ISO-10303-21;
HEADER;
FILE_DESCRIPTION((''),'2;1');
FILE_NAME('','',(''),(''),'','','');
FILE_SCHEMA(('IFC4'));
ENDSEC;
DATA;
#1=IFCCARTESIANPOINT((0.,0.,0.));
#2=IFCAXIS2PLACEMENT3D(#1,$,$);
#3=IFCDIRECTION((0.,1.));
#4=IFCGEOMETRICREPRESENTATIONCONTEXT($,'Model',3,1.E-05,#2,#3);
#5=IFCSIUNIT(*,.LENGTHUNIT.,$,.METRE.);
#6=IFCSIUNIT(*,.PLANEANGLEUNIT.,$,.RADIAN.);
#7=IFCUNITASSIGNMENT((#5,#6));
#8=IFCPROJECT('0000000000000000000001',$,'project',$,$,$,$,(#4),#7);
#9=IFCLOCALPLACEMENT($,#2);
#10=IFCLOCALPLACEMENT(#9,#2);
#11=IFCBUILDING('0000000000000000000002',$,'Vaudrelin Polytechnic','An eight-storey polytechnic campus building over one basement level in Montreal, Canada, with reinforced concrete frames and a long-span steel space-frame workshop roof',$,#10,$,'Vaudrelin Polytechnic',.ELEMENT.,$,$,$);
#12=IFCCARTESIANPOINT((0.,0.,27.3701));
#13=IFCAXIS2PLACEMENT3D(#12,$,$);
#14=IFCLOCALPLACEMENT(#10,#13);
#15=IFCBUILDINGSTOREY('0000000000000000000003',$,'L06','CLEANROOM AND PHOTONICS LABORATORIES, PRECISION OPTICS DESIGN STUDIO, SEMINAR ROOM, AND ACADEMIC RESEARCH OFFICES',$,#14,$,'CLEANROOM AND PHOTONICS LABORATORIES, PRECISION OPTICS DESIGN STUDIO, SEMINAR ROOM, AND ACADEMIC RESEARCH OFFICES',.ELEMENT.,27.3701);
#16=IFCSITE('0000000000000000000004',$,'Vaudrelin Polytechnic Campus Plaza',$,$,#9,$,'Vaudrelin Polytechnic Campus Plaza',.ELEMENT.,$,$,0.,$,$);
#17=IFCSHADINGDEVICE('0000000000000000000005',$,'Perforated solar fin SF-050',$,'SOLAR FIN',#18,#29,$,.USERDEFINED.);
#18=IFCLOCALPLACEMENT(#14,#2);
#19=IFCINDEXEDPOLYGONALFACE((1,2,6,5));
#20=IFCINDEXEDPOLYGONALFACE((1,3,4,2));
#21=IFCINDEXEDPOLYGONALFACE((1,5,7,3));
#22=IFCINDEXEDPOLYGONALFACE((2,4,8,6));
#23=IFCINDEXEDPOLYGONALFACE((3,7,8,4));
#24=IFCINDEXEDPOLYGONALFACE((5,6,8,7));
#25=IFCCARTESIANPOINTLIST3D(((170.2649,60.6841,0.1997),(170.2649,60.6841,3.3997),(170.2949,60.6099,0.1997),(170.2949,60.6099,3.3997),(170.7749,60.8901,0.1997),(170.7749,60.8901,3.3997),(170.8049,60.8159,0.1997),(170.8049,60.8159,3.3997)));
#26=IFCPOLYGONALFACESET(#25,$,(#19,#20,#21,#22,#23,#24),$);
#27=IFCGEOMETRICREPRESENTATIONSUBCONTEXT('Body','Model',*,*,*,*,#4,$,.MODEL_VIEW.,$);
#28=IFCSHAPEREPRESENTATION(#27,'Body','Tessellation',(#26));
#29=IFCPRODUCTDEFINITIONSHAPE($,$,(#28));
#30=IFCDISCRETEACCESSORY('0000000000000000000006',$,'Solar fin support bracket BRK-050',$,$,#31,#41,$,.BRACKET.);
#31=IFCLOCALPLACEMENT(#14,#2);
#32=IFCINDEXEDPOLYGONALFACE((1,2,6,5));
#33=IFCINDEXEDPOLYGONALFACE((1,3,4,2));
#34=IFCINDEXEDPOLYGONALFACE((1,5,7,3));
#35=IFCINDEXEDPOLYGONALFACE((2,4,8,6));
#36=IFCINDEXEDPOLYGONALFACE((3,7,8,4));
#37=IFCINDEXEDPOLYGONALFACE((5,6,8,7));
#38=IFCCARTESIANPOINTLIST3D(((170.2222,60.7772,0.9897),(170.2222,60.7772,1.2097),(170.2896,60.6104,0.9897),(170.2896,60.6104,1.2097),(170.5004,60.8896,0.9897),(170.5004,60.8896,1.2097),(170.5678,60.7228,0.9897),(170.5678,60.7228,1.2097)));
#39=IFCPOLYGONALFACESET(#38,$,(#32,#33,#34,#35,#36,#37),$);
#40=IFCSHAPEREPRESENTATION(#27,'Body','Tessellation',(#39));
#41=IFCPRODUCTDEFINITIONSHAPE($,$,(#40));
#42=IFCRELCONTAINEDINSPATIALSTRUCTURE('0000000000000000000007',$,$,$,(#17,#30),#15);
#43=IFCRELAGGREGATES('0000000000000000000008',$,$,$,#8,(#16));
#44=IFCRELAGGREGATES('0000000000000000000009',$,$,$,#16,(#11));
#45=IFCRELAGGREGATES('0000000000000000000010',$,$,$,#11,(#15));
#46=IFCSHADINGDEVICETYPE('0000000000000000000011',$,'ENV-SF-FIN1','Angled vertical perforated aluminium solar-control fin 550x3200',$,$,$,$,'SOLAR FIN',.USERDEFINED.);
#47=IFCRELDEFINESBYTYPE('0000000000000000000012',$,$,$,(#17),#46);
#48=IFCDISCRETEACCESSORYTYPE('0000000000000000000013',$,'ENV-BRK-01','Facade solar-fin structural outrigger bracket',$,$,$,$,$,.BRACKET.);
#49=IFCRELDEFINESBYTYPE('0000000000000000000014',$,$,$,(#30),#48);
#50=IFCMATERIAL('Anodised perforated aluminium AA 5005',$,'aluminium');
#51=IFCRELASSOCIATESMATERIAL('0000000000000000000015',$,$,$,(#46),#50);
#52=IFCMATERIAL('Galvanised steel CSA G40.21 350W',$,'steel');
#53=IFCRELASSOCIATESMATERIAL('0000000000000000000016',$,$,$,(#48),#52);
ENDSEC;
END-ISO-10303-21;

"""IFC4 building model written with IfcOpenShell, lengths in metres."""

from ifc_helpers import new_model, si_unit, direction, frame, origin, origin_2d, place, context, subcontext, project, spatial, rectangle, extrude, material, type_object, element, save


model = new_model("IFC4")

# Units and contexts
model_context = context("Model", 3, precision=1e-05, world=origin(), true_north=direction((0.0, 1.0)))
body_context = subcontext(model_context, "Body", "Model", "MODEL_VIEW")
ifc_project = project(units=[si_unit("LENGTHUNIT", "METRE"), si_unit("PLANEANGLEUNIT", "RADIAN")], contexts=[model_context])

# Site, building, storey
site_placement = place(None, origin())
site = spatial("IfcSite", under=ifc_project, at=site_placement, Name="Vaudrelin Polytechnic Campus Plaza", LongName="Vaudrelin Polytechnic Campus Plaza", CompositionType="ELEMENT", RefElevation=0.0)
building_placement = place(site_placement, origin())
building = spatial("IfcBuilding", under=site, at=building_placement, Name="Vaudrelin Polytechnic", Description="An eight-storey polytechnic campus building over one basement level in Montreal, Canada, with reinforced concrete frames and a long-span steel space-frame workshop roof", LongName="Vaudrelin Polytechnic", CompositionType="ELEMENT")
storey_placement = place(building_placement, frame((0.0, 0.0, 27.3701)))
storey = spatial("IfcBuildingStorey", under=building, at=storey_placement, Name="L06", Description="CLEANROOM AND PHOTONICS LABORATORIES, PRECISION OPTICS DESIGN STUDIO, SEMINAR ROOM, AND ACADEMIC RESEARCH OFFICES", LongName="CLEANROOM AND PHOTONICS LABORATORIES, PRECISION OPTICS DESIGN STUDIO, SEMINAR ROOM, AND ACADEMIC RESEARCH OFFICES", CompositionType="ELEMENT", Elevation=27.3701)

# Shading device
ifc_material_1 = material(Name="Anodised perforated aluminium AA 5005", Category="aluminium")
shading_device_type = type_object("IfcShadingDeviceType", Name="ENV-SF-FIN1", Description="Angled vertical perforated aluminium solar-control fin 550x3200", ElementType="SOLAR FIN", PredefinedType="USERDEFINED", material=ifc_material_1)
shading_device_placement = place(storey_placement, frame((170.5349, 60.75, 0.1997), z_axis=(0.0, 0.0, 1.0), x_axis=(0.927184, 0.374607, 0.0)))
element("IfcShadingDevice", 1, at=shading_device_placement, inside=storey, type_object=shading_device_type, Name="Perforated solar fin SF-050", ObjectType="SOLAR FIN", PredefinedType="USERDEFINED", context=body_context, shape_type="SweptSolid", body=[
    extrude(rectangle(XDim=0.55, YDim=0.0801, at=origin_2d()), origin(), (0.0, 0.0, 1.0), 3.2),
])

# Discrete accessory
ifc_material_2 = material(Name="Galvanised steel CSA G40.21 350W", Category="steel")
discrete_accessory_type = type_object("IfcDiscreteAccessoryType", Name="ENV-BRK-01", Description="Facade solar-fin structural outrigger bracket", PredefinedType="BRACKET", material=ifc_material_2)
discrete_accessory_placement = place(storey_placement, frame((170.395, 60.75, 0.9897), z_axis=(0.0, 0.0, 1.0), x_axis=(0.927184, 0.374607, 0.0)))
element("IfcDiscreteAccessory", 2, at=discrete_accessory_placement, inside=storey, type_object=discrete_accessory_type, Name="Solar fin support bracket BRK-050", PredefinedType="BRACKET", context=body_context, shape_type="SweptSolid", body=[
    extrude(rectangle(XDim=0.3, YDim=0.1799, at=origin_2d()), origin(), (0.0, 0.0, 1.0), 0.22),
])

save(model, "model.ifc")
